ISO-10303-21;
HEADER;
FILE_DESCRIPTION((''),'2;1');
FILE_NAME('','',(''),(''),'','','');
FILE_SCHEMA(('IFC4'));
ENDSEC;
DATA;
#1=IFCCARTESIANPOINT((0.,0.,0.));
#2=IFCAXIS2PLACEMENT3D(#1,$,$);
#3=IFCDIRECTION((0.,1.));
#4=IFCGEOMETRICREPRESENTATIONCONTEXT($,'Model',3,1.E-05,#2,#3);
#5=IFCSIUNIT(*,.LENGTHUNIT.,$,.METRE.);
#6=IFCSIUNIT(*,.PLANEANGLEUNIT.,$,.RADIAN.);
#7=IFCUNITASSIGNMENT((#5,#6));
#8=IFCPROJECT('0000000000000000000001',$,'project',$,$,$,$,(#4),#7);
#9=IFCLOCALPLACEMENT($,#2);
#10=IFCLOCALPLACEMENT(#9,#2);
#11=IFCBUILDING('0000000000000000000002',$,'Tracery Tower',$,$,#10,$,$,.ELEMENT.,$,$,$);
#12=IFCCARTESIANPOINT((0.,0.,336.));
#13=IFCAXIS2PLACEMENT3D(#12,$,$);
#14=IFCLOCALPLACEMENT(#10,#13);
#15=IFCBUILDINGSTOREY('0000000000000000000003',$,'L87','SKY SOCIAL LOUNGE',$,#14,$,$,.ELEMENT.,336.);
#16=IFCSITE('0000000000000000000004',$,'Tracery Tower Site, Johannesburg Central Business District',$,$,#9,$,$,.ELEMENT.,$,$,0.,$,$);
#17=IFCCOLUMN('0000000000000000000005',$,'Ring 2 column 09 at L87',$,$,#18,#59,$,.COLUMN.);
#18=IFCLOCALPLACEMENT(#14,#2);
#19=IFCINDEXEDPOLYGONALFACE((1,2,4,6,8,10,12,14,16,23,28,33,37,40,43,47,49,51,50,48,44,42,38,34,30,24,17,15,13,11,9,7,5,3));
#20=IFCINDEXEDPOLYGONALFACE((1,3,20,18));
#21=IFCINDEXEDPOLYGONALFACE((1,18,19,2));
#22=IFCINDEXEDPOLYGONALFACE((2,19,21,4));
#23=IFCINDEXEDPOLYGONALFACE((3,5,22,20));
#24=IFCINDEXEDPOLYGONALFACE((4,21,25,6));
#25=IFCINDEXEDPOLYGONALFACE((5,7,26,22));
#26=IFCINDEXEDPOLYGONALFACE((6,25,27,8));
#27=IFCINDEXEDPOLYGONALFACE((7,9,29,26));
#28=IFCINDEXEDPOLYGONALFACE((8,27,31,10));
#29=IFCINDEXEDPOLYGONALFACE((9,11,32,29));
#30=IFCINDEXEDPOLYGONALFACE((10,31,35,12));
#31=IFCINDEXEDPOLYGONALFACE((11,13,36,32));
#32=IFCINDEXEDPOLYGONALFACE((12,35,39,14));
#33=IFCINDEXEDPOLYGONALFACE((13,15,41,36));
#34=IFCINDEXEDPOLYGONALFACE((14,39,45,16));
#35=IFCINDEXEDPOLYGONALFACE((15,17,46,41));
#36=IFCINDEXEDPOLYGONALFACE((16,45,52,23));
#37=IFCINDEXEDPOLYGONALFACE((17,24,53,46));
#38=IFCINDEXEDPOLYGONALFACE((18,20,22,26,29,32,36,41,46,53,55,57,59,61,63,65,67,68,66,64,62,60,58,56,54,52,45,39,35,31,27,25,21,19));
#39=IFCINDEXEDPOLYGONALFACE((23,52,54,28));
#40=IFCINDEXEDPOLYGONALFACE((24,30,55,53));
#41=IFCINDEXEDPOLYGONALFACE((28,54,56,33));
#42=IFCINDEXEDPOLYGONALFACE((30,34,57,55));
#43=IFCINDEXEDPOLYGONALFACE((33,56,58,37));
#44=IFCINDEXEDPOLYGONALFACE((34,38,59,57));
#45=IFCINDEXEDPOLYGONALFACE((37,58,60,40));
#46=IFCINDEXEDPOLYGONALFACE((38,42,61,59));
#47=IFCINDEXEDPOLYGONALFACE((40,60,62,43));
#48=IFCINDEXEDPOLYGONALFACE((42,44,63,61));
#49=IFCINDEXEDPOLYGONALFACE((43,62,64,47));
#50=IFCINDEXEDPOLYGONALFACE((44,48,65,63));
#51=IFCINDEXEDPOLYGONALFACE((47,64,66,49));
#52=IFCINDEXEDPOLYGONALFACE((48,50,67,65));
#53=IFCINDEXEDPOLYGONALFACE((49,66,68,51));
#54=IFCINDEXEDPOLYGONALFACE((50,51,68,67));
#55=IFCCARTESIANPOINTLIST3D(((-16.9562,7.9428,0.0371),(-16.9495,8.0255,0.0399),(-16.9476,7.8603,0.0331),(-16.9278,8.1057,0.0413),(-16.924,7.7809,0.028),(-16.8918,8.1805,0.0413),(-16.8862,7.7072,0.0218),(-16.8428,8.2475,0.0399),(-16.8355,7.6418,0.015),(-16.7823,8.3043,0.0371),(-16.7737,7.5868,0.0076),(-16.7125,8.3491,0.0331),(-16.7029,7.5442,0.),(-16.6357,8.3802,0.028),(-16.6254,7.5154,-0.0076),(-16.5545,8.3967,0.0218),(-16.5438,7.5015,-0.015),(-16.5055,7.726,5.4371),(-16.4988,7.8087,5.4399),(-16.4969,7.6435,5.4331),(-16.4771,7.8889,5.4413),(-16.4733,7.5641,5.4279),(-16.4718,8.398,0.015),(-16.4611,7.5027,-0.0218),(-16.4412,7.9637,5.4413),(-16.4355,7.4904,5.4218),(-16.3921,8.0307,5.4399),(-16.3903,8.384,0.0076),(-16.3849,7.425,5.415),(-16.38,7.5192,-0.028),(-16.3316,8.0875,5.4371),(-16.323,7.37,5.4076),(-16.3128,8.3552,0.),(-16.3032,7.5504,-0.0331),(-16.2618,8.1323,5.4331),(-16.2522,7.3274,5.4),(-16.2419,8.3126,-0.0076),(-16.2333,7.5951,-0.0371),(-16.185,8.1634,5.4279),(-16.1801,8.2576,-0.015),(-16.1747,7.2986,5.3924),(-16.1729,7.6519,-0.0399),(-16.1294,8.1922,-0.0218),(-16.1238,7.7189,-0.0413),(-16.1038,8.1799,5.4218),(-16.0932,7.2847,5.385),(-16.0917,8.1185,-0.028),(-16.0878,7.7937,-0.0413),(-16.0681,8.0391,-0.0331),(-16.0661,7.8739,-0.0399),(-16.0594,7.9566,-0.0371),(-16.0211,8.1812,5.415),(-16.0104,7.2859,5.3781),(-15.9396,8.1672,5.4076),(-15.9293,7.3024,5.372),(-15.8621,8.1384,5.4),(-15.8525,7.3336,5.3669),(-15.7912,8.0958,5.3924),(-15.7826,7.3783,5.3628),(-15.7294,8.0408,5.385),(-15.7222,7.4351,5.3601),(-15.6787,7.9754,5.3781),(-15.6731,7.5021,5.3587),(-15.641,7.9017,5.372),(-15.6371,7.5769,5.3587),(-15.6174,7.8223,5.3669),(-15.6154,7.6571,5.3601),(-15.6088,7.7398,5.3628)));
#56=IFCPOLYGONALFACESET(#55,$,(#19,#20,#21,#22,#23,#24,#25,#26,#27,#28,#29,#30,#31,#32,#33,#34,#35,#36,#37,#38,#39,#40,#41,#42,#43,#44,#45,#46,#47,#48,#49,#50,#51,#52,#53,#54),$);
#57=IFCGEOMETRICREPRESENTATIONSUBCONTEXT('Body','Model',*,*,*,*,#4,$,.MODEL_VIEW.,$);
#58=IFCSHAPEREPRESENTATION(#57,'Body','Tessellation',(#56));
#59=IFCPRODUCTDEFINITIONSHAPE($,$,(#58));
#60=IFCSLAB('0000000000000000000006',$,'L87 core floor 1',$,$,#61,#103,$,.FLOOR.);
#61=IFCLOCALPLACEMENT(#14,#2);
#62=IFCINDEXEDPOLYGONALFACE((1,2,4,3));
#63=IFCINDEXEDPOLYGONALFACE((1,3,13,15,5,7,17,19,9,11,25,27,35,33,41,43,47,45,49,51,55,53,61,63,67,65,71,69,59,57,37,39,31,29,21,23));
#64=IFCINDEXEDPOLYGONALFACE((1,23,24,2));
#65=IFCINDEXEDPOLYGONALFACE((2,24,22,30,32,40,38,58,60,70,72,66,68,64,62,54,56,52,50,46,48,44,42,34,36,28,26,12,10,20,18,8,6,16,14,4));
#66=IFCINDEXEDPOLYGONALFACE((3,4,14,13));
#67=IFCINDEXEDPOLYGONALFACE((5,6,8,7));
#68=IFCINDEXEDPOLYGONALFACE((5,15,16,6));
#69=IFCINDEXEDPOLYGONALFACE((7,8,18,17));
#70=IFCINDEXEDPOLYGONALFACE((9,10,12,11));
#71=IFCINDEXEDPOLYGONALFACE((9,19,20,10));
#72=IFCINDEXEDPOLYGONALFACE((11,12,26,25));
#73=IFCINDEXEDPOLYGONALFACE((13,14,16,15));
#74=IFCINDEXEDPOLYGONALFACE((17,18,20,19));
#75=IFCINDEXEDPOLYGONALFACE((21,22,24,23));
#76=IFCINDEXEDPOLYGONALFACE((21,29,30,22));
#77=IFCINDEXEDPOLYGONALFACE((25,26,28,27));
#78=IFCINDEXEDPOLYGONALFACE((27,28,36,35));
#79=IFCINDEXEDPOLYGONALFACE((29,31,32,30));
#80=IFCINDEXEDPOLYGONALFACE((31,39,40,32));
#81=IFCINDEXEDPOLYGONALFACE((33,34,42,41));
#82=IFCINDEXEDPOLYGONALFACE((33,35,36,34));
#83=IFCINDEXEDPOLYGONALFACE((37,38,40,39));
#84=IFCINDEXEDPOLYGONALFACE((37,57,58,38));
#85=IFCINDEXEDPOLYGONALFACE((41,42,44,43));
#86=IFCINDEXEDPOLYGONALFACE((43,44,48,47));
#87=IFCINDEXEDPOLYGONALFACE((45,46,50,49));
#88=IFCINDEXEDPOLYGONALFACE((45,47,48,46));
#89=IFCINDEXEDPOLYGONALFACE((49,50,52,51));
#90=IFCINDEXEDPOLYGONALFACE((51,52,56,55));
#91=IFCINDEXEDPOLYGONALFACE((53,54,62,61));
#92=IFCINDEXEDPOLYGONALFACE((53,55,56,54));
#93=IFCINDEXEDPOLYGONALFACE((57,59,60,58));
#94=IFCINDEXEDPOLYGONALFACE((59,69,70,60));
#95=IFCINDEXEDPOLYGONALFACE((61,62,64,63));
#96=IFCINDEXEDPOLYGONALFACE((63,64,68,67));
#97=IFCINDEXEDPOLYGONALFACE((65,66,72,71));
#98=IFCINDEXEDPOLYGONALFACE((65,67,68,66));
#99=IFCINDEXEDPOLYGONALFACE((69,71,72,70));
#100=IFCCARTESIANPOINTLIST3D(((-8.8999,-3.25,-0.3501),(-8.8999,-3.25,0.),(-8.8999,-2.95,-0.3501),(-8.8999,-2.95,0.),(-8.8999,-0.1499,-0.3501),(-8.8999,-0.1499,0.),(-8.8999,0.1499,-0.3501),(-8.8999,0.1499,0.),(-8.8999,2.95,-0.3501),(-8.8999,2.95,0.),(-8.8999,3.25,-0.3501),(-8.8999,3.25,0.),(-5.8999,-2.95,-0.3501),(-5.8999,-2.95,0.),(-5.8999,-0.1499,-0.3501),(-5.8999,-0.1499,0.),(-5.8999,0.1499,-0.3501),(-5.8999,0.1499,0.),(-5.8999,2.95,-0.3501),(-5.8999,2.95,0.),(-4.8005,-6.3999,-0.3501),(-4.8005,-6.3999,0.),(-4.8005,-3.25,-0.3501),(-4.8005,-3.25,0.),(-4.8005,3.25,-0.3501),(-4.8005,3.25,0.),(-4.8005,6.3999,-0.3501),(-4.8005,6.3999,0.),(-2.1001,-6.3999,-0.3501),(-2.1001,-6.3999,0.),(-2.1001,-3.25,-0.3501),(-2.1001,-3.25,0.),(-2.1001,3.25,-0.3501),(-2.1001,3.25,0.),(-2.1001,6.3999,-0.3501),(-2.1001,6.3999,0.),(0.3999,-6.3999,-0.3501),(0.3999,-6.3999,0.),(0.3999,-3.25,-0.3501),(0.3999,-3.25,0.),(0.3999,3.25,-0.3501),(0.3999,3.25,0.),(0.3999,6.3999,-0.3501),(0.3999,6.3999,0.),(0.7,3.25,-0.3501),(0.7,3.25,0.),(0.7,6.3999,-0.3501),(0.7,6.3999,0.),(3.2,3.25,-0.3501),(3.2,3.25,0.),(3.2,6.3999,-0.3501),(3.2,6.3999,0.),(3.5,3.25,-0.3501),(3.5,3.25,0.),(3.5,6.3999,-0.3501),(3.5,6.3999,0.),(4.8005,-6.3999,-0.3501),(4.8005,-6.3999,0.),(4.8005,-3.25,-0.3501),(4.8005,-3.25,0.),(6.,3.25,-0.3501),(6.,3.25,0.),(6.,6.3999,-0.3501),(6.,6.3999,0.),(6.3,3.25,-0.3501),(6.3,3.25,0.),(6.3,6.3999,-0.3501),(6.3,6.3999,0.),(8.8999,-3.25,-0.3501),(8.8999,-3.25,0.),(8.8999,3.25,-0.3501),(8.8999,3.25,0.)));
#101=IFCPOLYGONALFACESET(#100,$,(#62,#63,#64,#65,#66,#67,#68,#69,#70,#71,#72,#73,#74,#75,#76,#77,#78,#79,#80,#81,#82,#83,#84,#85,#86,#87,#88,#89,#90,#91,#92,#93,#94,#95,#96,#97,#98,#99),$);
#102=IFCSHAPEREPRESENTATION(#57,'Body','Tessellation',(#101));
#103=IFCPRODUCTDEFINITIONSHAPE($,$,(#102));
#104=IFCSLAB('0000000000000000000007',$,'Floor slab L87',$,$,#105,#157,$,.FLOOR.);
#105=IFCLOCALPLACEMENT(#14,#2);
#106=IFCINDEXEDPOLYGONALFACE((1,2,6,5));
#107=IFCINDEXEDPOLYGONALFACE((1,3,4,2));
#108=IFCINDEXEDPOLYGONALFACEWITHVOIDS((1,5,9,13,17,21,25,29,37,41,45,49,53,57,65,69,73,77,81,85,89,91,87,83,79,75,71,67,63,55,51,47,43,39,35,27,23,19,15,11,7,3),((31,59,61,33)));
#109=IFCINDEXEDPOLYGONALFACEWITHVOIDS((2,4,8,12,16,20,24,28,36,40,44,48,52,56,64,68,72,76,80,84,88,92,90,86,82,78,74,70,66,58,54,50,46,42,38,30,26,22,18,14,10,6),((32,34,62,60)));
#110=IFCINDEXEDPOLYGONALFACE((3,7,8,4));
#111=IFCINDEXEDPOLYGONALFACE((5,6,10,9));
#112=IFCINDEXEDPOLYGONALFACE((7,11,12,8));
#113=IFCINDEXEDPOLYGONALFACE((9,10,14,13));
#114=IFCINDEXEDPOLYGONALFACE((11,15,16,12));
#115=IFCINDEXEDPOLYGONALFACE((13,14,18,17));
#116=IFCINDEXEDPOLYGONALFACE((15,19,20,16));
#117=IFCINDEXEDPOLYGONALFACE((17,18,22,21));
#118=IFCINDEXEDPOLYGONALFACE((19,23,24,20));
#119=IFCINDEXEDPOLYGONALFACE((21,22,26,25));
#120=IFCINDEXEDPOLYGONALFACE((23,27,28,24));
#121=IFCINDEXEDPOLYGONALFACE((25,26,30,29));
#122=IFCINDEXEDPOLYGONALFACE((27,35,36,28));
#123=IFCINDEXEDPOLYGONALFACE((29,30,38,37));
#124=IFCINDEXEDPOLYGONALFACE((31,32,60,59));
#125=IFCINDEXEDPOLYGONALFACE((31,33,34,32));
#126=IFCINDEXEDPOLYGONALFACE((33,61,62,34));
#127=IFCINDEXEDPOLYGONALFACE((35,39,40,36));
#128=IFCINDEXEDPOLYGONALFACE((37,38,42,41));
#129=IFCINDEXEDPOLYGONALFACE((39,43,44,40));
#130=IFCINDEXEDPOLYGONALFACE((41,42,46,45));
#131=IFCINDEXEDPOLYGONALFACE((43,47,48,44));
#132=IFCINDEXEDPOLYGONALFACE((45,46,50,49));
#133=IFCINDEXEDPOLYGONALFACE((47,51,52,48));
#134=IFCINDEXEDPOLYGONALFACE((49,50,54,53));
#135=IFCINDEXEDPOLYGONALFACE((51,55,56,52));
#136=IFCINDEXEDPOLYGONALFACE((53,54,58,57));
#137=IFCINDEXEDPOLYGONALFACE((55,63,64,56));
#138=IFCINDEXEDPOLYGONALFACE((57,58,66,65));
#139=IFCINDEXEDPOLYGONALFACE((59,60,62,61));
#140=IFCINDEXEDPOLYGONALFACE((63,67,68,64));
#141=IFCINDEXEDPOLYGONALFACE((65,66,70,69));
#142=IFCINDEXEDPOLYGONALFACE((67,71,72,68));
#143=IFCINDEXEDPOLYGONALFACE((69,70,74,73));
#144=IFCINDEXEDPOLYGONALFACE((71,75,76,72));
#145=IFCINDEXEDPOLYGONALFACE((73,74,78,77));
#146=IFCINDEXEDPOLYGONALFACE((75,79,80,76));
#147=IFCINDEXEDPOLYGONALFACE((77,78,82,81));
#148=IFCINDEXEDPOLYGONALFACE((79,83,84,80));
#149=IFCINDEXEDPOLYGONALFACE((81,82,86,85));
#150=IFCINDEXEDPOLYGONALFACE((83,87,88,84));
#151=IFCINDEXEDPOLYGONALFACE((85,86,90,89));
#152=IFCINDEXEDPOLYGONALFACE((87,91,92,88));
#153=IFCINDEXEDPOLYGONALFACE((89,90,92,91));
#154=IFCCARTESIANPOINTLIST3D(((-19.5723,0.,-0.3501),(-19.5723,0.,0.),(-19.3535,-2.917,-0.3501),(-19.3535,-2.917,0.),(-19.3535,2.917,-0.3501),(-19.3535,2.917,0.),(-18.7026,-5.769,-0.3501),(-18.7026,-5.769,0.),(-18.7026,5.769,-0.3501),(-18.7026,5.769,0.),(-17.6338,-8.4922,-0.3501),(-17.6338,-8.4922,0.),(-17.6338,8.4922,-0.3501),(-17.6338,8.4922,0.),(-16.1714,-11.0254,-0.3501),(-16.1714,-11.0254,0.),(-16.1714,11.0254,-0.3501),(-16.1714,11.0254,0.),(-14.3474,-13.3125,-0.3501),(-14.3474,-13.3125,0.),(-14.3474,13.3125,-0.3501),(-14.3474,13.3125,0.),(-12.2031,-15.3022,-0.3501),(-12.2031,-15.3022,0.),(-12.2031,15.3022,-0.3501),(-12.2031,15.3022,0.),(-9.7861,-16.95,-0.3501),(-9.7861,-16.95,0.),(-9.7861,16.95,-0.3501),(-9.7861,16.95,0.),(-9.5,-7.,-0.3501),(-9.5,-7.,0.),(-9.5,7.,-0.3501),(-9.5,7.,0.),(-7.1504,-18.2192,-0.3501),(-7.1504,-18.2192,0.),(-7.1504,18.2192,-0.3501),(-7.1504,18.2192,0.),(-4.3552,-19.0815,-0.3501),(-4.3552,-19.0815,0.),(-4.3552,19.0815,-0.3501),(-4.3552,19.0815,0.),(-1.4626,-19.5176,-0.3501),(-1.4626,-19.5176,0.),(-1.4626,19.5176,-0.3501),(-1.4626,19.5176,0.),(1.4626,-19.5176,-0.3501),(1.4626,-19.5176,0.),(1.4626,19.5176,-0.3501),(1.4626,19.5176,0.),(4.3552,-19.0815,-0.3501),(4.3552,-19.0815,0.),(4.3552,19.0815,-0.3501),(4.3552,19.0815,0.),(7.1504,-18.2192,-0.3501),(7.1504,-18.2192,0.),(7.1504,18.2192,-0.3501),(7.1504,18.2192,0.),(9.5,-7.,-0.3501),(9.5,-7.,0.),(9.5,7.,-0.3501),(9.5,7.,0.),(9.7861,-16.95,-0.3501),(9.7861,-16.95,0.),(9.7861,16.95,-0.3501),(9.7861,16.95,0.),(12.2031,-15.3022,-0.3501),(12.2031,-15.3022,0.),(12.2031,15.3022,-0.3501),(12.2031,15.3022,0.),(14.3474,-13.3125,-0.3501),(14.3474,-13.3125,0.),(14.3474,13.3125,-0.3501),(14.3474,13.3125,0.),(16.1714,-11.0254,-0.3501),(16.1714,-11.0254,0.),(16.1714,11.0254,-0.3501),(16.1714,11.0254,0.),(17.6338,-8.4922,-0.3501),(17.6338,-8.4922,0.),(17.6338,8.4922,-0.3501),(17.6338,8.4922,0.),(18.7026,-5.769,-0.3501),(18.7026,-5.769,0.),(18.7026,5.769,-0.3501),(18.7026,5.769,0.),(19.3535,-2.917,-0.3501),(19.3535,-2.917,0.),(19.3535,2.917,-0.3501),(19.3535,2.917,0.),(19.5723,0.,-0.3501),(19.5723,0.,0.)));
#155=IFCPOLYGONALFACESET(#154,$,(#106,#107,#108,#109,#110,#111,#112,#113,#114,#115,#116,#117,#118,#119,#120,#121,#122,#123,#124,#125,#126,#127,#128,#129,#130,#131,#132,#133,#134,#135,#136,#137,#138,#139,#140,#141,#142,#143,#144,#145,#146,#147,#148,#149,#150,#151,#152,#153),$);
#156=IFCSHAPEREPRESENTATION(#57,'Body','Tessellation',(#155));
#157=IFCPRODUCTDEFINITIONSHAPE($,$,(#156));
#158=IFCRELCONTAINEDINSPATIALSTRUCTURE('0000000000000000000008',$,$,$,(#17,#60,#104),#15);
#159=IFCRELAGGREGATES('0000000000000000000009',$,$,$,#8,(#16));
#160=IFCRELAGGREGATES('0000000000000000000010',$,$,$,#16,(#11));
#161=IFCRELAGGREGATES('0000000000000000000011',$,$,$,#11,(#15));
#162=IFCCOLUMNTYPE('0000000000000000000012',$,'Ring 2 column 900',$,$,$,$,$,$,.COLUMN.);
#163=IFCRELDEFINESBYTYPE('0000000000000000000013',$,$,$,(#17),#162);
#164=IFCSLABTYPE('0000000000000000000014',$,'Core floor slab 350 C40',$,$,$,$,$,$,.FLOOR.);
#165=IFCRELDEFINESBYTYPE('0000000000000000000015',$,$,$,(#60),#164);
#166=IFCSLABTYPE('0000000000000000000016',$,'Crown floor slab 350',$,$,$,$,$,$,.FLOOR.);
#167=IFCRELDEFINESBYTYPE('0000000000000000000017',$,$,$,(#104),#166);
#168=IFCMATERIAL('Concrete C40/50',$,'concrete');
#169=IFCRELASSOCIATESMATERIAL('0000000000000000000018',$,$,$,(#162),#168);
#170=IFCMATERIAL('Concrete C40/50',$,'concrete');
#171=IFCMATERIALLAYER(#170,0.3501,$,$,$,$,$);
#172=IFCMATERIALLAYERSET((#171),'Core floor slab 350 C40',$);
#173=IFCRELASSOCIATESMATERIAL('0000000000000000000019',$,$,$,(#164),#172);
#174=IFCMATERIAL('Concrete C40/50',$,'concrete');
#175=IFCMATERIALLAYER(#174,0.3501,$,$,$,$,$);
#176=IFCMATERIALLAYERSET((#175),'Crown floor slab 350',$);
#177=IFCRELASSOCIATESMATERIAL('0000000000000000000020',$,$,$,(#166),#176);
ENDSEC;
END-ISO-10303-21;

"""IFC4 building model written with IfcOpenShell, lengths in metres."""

from ifc_helpers import new_model, si_unit, direction, frame, origin, origin_2d, place, context, subcontext, project, spatial, polyline, circle, outline, extrude, material, layer, layer_set, material_profile, profile_set, type_object, element, save


model = new_model("IFC4")

# Units and contexts
model_context = context("Model", 3, precision=1e-05, world=origin(), true_north=direction((0.0, 1.0)))
body_context = subcontext(model_context, "Body", "Model", "MODEL_VIEW")
ifc_project = project(units=[si_unit("LENGTHUNIT", "METRE"), si_unit("PLANEANGLEUNIT", "RADIAN")], contexts=[model_context])

# Site, building, storey
site_placement = place(None, origin())
site = spatial("IfcSite", under=ifc_project, at=site_placement, Name="Tracery Tower Site, Johannesburg Central Business District", CompositionType="ELEMENT", RefElevation=0.0)
building_placement = place(site_placement, origin())
building = spatial("IfcBuilding", under=site, at=building_placement, Name="Tracery Tower", CompositionType="ELEMENT")
storey_placement = place(building_placement, frame((0.0, 0.0, 336.0)))
storey = spatial("IfcBuildingStorey", under=building, at=storey_placement, Name="L87", Description="SKY SOCIAL LOUNGE", CompositionType="ELEMENT", Elevation=336.0)

# Column
ifc_material_1 = material(Name="Concrete C40/50", Category="concrete")
ifc_material_profile = material_profile(ifc_material_1, circle(Radius=0.45, at=origin_2d()), Name="RC D900")
ifc_profile_set = profile_set([ifc_material_profile], Name="Concrete C40/50")
column_type = type_object("IfcColumnType", Name="Ring 2 column 900", PredefinedType="COLUMN", material=ifc_profile_set)
column_placement = place(storey_placement, frame((-16.5078, 7.9497, 0.0), z_axis=(0.083106, -0.039977, 0.995739), x_axis=(0.433493, 0.901157, 0.0)))
element("IfcColumn", 1, at=column_placement, inside=storey, type_object=column_type, Name="Ring 2 column 09 at L87", PredefinedType="COLUMN", context=body_context, shape_type="SweptSolid", body=[
    extrude(circle(Radius=0.45, at=origin_2d()), origin(), (0.0, 0.0, 1.0), 5.4231),
])

# Slabs
ifc_material_2 = material(Name="Concrete C40/50", Category="concrete")
ifc_layer_1 = layer(ifc_material_2, 0.3501)
ifc_layer_set_1 = layer_set([ifc_layer_1], Name="Core floor slab 350 C40")
slab_type_1 = type_object("IfcSlabType", Name="Core floor slab 350 C40", PredefinedType="FLOOR", material=ifc_layer_set_1)
slab_1_placement = place(storey_placement, frame((0.0, 0.0, -0.3501)))
element("IfcSlab", 2, at=slab_1_placement, inside=storey, type_object=slab_type_1, Name="L87 core floor 1", PredefinedType="FLOOR", context=body_context, shape_type="SweptSolid", body=[
    extrude(outline(polyline([(-4.8005, -3.25), (-8.8999, -3.25), (-8.8999, -2.95), (-5.8999, -2.95), (-5.8999, -0.1499), (-8.8999, -0.1499), (-8.8999, 0.1499), (-5.8999, 0.1499), (-5.8999, 2.95), (-8.8999, 2.95), (-8.8999, 3.25), (-4.8005, 3.25), (-4.8005, 6.3999), (-2.1001, 6.3999), (-2.1001, 3.25), (0.3999, 3.25), (0.3999, 6.3999), (0.7, 6.3999), (0.7, 3.25), (3.2, 3.25), (3.2, 6.3999), (3.5, 6.3999), (3.5, 3.25), (6.0, 3.25), (6.0, 6.3999), (6.3, 6.3999), (6.3, 3.25), (8.8999, 3.25), (8.8999, -3.25), (4.8005, -3.25), (4.8005, -6.3999), (0.3999, -6.3999), (0.3999, -3.25), (-2.1001, -3.25), (-2.1001, -6.3999), (-4.8005, -6.3999), (-4.8005, -3.25)])), origin(), (0.0, 0.0, 1.0), 0.3501),
])
ifc_material_3 = material(Name="Concrete C40/50", Category="concrete")
ifc_layer_2 = layer(ifc_material_3, 0.3501)
ifc_layer_set_2 = layer_set([ifc_layer_2], Name="Crown floor slab 350")
slab_type_2 = type_object("IfcSlabType", Name="Crown floor slab 350", PredefinedType="FLOOR", material=ifc_layer_set_2)
slab_2_placement = place(storey_placement, frame((0.0, 0.0, -0.3501)))
element("IfcSlab", 3, at=slab_2_placement, inside=storey, type_object=slab_type_2, Name="Floor slab L87", PredefinedType="FLOOR", context=body_context, shape_type="SweptSolid", body=[
    extrude(outline(polyline([(18.7026, -5.769), (19.3535, -2.917), (19.5723, 0.0), (19.3535, 2.917), (18.7026, 5.769), (17.6338, 8.4922), (16.1714, 11.0254), (14.3474, 13.3125), (12.2031, 15.3022), (9.7861, 16.95), (7.1504, 18.2192), (4.3552, 19.0815), (1.4626, 19.5176), (-1.4626, 19.5176), (-4.3552, 19.0815), (-7.1504, 18.2192), (-9.7861, 16.95), (-12.2031, 15.3022), (-14.3474, 13.3125), (-16.1714, 11.0254), (-17.6338, 8.4922), (-18.7026, 5.769), (-19.3535, 2.917), (-19.5723, 0.0), (-19.3535, -2.917), (-18.7026, -5.769), (-17.6338, -8.4922), (-16.1714, -11.0254), (-14.3474, -13.3125), (-12.2031, -15.3022), (-9.7861, -16.95), (-7.1504, -18.2192), (-4.3552, -19.0815), (-1.4626, -19.5176), (1.4626, -19.5176), (4.3552, -19.0815), (7.1504, -18.2192), (9.7861, -16.95), (12.2031, -15.3022), (14.3474, -13.3125), (16.1714, -11.0254), (17.6338, -8.4922), (18.7026, -5.769)]), holes=[polyline([(-9.5, -7.0), (9.5, -7.0), (9.5, 7.0), (-9.5, 7.0), (-9.5, -7.0)])]), origin(), (0.0, 0.0, 1.0), 0.3501),
])

save(model, "model.ifc")
